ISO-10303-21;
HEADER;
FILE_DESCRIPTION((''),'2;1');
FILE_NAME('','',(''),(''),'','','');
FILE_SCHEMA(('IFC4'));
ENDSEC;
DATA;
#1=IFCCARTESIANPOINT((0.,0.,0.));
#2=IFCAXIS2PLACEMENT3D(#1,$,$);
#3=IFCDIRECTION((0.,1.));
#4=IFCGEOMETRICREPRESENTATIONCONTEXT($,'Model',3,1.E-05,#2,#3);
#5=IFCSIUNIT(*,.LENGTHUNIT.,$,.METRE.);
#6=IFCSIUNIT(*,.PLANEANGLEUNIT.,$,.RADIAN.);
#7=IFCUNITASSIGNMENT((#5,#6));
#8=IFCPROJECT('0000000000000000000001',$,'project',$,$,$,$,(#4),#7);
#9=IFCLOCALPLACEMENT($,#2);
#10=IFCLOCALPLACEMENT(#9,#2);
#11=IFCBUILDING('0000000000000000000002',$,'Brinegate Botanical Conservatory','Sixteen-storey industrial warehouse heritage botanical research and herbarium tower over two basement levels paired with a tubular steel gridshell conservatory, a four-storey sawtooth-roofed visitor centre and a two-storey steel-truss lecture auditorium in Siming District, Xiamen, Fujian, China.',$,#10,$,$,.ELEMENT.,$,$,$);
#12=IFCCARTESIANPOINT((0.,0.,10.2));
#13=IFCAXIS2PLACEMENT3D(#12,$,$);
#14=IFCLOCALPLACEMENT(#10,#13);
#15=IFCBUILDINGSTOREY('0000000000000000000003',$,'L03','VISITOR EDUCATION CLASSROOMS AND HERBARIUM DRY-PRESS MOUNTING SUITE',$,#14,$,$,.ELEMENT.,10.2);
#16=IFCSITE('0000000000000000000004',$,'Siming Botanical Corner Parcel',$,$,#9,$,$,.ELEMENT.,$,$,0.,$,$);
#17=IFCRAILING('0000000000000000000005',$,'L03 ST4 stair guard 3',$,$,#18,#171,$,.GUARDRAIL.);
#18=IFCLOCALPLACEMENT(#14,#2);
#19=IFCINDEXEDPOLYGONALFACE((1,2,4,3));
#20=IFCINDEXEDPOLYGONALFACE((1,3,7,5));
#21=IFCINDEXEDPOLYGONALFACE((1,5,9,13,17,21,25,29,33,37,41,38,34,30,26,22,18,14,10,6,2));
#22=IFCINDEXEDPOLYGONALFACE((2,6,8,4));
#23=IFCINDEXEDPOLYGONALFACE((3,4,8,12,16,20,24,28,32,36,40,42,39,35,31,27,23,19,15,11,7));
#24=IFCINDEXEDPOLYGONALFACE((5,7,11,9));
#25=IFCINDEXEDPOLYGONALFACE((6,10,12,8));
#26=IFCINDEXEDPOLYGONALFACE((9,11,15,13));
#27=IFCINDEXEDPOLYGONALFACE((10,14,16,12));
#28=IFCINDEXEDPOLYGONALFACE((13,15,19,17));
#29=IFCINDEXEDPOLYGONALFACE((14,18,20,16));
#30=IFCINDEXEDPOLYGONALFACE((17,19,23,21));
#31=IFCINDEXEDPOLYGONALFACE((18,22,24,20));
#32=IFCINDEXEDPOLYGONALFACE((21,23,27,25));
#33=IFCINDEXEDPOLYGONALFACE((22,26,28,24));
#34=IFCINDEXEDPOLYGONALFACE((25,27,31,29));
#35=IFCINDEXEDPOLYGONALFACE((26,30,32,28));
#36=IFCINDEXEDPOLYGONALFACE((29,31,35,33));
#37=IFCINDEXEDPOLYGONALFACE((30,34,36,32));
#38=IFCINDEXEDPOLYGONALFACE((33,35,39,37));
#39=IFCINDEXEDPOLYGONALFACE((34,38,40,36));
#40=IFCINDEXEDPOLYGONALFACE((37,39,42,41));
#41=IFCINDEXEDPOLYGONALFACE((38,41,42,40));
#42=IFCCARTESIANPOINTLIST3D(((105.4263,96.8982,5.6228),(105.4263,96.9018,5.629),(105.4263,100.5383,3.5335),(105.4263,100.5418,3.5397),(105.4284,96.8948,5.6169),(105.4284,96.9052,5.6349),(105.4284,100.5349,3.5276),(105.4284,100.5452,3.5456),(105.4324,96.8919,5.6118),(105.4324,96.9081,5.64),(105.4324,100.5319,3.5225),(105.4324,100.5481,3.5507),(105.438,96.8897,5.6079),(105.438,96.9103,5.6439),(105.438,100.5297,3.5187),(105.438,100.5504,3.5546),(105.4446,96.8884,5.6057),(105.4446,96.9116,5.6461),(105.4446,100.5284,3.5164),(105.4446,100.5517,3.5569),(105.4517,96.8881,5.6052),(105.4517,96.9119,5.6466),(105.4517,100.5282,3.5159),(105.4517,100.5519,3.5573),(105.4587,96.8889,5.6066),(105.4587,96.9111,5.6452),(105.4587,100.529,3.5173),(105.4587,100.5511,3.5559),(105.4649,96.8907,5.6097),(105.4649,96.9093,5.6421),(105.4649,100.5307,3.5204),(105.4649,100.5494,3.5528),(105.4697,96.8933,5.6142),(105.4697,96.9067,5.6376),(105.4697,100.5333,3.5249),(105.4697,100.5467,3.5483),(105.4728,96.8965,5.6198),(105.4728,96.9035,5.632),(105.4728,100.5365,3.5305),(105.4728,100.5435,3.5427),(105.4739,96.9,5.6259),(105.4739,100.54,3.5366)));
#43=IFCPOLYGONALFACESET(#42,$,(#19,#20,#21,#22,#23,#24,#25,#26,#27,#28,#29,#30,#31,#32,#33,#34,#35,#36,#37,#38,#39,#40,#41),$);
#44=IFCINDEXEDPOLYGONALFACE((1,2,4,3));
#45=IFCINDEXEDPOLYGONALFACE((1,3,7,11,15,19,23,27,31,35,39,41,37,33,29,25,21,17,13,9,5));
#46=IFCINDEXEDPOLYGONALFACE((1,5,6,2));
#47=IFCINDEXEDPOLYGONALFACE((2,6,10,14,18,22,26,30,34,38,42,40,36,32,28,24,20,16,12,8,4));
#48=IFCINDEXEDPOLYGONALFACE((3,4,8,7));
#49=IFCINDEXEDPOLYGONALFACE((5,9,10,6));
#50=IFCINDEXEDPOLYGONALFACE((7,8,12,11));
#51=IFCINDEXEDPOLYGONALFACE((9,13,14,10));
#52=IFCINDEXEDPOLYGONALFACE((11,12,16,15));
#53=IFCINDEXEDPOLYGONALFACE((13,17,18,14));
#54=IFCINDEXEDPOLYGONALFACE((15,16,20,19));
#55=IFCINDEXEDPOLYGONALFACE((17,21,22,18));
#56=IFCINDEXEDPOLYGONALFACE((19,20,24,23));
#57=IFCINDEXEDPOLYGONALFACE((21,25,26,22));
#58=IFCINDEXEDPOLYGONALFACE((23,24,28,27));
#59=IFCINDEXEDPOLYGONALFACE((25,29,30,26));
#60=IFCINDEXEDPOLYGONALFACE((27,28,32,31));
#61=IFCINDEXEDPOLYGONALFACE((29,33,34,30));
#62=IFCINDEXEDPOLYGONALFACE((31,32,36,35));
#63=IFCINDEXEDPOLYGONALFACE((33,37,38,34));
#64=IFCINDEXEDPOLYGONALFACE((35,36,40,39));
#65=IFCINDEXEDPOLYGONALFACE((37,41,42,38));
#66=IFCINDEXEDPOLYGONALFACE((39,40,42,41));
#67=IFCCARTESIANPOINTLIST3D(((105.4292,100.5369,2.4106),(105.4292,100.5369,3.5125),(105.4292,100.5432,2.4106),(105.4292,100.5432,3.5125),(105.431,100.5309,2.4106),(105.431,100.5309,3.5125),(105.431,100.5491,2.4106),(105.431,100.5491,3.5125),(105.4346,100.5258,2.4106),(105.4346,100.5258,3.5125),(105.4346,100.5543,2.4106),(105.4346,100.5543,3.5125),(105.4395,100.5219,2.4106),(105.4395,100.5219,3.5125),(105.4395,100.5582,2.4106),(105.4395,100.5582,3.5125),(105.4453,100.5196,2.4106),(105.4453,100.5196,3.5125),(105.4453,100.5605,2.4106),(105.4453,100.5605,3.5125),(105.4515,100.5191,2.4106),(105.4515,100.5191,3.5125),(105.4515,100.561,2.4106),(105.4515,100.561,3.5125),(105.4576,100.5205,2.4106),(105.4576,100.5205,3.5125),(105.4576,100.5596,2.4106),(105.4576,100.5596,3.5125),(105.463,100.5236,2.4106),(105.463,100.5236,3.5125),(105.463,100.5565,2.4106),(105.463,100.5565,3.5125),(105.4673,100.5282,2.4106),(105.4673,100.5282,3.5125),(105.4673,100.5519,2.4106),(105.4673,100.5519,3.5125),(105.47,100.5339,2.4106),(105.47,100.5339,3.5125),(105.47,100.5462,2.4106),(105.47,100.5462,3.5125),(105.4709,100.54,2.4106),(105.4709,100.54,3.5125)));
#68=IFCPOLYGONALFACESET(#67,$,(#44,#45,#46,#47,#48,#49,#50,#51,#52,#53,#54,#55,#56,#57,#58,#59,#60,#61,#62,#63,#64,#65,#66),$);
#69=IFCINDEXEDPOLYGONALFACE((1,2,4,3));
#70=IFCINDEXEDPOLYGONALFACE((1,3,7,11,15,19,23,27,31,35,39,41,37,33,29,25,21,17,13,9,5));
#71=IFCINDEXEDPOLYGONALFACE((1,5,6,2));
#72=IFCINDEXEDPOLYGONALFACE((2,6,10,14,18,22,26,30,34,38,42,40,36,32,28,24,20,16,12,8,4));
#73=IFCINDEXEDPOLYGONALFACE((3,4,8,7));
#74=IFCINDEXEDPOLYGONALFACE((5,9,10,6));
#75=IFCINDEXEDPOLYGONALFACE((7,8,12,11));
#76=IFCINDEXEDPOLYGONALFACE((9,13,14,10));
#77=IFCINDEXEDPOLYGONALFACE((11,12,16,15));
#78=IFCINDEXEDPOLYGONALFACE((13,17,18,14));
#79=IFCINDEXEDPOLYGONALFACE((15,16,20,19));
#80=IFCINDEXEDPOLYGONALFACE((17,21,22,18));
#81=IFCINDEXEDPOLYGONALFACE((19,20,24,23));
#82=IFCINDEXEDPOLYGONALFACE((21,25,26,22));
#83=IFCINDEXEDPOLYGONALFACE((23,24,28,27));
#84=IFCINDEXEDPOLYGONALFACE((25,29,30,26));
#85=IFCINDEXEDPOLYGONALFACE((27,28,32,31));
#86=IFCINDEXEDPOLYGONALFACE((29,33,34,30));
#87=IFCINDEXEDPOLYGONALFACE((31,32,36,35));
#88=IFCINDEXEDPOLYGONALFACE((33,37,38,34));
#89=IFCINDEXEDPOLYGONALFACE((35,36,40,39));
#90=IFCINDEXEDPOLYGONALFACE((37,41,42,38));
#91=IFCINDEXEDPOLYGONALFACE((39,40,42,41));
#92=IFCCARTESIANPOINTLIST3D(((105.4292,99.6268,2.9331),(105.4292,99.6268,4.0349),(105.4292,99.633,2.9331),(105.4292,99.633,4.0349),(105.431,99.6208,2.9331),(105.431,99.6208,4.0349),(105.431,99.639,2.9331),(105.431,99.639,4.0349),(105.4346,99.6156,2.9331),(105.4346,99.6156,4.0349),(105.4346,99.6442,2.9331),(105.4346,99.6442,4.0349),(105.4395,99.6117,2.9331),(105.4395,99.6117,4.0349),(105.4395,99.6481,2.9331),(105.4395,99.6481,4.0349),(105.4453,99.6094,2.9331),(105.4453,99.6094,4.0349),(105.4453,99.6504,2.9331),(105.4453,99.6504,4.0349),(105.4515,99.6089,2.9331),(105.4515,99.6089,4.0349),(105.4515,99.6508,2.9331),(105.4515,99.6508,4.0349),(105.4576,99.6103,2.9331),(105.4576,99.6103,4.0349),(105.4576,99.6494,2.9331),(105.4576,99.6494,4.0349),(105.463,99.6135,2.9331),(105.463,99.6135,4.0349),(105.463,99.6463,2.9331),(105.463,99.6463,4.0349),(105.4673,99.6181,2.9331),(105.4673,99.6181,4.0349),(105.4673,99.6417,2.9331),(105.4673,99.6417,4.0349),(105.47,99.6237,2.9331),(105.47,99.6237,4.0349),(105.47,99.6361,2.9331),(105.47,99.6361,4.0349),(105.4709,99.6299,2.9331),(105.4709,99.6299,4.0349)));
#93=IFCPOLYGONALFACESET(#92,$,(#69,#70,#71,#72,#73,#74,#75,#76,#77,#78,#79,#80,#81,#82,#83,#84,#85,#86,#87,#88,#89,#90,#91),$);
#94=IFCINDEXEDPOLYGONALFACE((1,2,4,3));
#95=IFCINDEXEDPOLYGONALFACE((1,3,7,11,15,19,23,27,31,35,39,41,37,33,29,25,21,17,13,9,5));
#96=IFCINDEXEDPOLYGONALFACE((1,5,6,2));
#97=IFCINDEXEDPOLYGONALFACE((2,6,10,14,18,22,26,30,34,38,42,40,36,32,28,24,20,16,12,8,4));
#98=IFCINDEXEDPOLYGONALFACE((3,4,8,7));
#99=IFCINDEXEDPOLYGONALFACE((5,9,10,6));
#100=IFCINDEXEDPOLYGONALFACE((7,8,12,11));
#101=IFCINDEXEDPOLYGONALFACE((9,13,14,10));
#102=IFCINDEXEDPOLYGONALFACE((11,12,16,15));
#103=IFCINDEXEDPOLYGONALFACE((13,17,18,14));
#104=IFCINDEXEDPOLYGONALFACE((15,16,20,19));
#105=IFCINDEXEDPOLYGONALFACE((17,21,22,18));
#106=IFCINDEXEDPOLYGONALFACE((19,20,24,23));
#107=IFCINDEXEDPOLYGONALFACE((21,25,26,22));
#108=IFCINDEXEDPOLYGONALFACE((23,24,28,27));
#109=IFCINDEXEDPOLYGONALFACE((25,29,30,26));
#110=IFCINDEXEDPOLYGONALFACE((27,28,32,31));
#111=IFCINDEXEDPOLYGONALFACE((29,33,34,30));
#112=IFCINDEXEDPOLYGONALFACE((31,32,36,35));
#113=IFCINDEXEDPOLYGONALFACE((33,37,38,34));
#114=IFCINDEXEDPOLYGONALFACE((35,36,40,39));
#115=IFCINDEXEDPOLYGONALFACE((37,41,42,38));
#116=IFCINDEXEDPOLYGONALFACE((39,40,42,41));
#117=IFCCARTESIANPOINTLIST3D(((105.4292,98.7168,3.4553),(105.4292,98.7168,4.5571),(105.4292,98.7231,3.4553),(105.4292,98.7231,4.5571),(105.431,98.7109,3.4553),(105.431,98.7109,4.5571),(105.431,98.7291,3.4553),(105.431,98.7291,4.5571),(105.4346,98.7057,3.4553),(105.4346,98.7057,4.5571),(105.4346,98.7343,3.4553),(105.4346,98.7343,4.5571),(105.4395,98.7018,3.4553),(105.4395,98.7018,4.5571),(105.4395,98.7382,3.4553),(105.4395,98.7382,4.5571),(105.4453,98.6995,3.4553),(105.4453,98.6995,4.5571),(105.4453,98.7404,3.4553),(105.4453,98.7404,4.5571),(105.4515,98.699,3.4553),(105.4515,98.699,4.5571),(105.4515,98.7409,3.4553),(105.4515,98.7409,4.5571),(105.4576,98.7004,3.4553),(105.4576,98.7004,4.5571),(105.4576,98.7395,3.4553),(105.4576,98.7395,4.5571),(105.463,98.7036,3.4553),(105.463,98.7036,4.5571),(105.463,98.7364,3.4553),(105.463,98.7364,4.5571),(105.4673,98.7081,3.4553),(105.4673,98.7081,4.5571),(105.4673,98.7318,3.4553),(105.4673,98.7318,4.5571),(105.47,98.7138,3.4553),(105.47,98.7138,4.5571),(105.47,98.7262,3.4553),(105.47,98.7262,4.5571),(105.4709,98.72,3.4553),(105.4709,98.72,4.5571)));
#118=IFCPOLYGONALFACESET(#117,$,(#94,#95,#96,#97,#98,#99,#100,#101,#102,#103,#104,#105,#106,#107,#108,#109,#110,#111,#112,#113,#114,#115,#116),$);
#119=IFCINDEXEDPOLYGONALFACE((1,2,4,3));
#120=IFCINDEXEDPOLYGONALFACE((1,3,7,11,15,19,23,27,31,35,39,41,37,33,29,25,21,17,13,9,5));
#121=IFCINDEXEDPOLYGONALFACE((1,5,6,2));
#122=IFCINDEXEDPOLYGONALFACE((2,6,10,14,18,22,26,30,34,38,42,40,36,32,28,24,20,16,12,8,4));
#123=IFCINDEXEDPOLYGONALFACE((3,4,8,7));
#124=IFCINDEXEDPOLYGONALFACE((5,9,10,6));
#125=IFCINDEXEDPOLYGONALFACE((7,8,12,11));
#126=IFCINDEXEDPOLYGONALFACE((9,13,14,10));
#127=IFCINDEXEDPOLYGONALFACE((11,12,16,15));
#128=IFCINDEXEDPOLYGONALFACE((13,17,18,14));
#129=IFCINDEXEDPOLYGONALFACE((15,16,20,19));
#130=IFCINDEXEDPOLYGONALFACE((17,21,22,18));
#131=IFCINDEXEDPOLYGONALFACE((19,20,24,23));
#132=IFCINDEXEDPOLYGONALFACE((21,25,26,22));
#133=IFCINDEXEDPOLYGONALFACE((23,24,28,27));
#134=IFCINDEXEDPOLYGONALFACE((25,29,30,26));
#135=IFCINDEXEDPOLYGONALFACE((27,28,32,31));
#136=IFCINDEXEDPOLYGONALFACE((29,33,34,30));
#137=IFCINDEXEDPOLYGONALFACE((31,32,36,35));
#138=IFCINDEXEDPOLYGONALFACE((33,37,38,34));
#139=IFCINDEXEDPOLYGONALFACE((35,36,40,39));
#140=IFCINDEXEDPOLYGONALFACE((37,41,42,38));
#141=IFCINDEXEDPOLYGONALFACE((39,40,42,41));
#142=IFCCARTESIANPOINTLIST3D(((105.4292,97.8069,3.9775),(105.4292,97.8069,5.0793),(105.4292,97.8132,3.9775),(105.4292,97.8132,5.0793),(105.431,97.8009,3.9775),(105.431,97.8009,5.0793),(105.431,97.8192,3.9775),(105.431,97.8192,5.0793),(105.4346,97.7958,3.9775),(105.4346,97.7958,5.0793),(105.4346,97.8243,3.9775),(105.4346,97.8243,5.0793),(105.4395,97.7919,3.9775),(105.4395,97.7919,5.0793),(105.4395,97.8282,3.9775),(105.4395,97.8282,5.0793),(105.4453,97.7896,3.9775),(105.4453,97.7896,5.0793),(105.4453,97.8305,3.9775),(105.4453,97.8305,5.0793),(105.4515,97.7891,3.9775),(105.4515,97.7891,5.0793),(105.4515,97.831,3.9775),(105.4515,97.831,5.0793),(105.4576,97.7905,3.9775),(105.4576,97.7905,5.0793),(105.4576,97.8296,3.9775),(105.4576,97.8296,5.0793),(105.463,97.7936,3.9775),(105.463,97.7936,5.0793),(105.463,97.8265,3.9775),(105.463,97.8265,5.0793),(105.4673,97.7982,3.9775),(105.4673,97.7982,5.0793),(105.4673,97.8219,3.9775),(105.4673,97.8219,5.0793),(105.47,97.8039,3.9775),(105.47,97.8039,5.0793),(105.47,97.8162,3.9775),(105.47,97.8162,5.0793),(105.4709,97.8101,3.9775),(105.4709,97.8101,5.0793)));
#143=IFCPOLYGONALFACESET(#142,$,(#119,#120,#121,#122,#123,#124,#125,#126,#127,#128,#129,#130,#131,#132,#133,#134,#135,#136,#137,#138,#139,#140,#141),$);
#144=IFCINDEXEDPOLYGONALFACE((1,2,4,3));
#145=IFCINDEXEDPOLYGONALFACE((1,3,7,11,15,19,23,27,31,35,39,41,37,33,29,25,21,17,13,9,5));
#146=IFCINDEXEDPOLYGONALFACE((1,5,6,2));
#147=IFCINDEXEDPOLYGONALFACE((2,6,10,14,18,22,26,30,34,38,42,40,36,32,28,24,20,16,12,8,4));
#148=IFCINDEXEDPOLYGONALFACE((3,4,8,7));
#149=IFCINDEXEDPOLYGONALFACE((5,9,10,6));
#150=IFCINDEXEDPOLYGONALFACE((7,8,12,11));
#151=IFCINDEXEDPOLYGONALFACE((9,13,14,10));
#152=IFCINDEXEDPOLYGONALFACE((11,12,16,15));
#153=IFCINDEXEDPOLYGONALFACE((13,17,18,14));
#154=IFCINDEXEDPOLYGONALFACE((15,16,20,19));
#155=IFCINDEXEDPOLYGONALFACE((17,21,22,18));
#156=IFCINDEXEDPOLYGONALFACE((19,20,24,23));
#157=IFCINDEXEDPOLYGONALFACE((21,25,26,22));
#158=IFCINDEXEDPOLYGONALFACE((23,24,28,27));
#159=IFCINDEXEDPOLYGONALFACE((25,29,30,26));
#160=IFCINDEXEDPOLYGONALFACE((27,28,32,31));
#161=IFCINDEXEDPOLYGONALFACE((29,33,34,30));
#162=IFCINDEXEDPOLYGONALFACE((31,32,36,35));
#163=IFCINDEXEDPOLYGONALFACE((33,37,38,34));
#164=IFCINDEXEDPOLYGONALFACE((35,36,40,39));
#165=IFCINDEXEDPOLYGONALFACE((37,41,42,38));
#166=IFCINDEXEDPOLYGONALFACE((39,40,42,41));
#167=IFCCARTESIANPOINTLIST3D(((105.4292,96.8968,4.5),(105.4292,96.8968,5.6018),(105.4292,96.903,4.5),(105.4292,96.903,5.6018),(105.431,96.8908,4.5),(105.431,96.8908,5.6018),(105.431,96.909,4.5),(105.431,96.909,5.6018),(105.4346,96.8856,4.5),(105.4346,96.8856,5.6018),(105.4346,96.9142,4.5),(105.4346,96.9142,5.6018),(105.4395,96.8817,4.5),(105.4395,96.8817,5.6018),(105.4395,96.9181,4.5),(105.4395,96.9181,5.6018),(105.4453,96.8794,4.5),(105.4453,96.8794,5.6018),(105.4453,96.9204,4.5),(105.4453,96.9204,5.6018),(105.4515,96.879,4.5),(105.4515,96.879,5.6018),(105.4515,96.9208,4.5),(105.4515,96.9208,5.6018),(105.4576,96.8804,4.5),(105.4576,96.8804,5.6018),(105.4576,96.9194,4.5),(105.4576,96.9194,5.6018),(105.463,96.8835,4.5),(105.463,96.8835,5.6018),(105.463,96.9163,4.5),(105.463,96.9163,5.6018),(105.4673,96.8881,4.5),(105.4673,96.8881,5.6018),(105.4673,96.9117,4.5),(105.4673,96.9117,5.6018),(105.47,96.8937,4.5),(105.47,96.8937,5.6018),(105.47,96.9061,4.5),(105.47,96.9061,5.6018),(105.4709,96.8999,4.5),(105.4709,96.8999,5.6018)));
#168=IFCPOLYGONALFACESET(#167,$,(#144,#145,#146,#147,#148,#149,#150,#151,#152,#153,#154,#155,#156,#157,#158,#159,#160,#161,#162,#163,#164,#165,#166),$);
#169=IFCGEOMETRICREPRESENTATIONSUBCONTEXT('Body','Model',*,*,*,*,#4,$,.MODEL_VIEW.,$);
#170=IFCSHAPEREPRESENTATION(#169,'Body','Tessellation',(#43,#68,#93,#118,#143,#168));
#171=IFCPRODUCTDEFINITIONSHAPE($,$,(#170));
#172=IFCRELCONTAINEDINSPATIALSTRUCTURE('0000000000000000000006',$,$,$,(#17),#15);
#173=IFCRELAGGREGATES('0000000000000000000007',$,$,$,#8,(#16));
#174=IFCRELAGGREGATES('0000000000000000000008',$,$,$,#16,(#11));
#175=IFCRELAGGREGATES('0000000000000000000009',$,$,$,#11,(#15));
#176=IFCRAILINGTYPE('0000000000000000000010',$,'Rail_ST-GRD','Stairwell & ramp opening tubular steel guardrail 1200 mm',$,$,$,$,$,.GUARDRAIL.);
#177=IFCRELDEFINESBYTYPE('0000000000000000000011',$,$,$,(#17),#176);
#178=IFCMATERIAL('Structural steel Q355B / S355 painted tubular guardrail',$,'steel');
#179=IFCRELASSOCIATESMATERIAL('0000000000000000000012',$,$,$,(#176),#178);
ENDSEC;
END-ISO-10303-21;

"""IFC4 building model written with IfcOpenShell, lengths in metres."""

from ifc_helpers import new_model, si_unit, direction, frame, origin, origin_2d, place, context, subcontext, project, spatial, circle, extrude, material, type_object, element, save


model = new_model("IFC4")

# Units and contexts
model_context = context("Model", 3, precision=1e-05, world=origin(), true_north=direction((0.0, 1.0)))
body_context = subcontext(model_context, "Body", "Model", "MODEL_VIEW")
ifc_project = project(units=[si_unit("LENGTHUNIT", "METRE"), si_unit("PLANEANGLEUNIT", "RADIAN")], contexts=[model_context])

# Site, building, storey
site_placement = place(None, origin())
site = spatial("IfcSite", under=ifc_project, at=site_placement, Name="Siming Botanical Corner Parcel", CompositionType="ELEMENT", RefElevation=0.0)
building_placement = place(site_placement, origin())
building = spatial("IfcBuilding", under=site, at=building_placement, Name="Brinegate Botanical Conservatory", Description="Sixteen-storey industrial warehouse heritage botanical research and herbarium tower over two basement levels paired with a tubular steel gridshell conservatory, a four-storey sawtooth-roofed visitor centre and a two-storey steel-truss lecture auditorium in Siming District, Xiamen, Fujian, China.", CompositionType="ELEMENT")
storey_placement = place(building_placement, frame((0.0, 0.0, 10.2)))
storey = spatial("IfcBuildingStorey", under=building, at=storey_placement, Name="L03", Description="VISITOR EDUCATION CLASSROOMS AND HERBARIUM DRY-PRESS MOUNTING SUITE", CompositionType="ELEMENT", Elevation=10.2)

# Railing
ifc_material_1 = material(Name="Structural steel Q355B / S355 painted tubular guardrail", Category="steel")
railing_type_1 = type_object("IfcRailingType", Name="Rail_ST-GRD", Description="Stairwell & ramp opening tubular steel guardrail 1200 mm", PredefinedType="GUARDRAIL", material=ifc_material_1)
railing_1_placement = place(storey_placement, frame((105.45, 100.54, 2.4106)))
element("IfcRailing", 1, at=railing_1_placement, inside=storey, type_object=railing_type_1, Name="L03 ST4 stair guard 3", PredefinedType="GUARDRAIL", context=body_context, shape_type="SweptSolid", body=[
    extrude(circle(Radius=0.0239, at=origin_2d()), frame((0.0, 0.0, 1.126), z_axis=(0.0, -0.867289, 0.497804), x_axis=(1.0, 0.0, 0.0)), (0.0, 0.0, 1.0), 4.197),
    extrude(circle(Radius=0.021, at=origin_2d()), origin(), (0.0, 0.0, 1.0), 1.1018),
    extrude(circle(Radius=0.021, at=origin_2d()), frame((0.0, -0.9102, 0.5225)), (0.0, 0.0, 1.0), 1.1018),
    extrude(circle(Radius=0.021, at=origin_2d()), frame((0.0, -1.8201, 1.0447)), (0.0, 0.0, 1.0), 1.1018),
    extrude(circle(Radius=0.021, at=origin_2d()), frame((0.0, -2.73, 1.5669)), (0.0, 0.0, 1.0), 1.1018),
    extrude(circle(Radius=0.021, at=origin_2d()), frame((0.0, -3.6401, 2.0894)), (0.0, 0.0, 1.0), 1.1018),
])

save(model, "model.ifc")
